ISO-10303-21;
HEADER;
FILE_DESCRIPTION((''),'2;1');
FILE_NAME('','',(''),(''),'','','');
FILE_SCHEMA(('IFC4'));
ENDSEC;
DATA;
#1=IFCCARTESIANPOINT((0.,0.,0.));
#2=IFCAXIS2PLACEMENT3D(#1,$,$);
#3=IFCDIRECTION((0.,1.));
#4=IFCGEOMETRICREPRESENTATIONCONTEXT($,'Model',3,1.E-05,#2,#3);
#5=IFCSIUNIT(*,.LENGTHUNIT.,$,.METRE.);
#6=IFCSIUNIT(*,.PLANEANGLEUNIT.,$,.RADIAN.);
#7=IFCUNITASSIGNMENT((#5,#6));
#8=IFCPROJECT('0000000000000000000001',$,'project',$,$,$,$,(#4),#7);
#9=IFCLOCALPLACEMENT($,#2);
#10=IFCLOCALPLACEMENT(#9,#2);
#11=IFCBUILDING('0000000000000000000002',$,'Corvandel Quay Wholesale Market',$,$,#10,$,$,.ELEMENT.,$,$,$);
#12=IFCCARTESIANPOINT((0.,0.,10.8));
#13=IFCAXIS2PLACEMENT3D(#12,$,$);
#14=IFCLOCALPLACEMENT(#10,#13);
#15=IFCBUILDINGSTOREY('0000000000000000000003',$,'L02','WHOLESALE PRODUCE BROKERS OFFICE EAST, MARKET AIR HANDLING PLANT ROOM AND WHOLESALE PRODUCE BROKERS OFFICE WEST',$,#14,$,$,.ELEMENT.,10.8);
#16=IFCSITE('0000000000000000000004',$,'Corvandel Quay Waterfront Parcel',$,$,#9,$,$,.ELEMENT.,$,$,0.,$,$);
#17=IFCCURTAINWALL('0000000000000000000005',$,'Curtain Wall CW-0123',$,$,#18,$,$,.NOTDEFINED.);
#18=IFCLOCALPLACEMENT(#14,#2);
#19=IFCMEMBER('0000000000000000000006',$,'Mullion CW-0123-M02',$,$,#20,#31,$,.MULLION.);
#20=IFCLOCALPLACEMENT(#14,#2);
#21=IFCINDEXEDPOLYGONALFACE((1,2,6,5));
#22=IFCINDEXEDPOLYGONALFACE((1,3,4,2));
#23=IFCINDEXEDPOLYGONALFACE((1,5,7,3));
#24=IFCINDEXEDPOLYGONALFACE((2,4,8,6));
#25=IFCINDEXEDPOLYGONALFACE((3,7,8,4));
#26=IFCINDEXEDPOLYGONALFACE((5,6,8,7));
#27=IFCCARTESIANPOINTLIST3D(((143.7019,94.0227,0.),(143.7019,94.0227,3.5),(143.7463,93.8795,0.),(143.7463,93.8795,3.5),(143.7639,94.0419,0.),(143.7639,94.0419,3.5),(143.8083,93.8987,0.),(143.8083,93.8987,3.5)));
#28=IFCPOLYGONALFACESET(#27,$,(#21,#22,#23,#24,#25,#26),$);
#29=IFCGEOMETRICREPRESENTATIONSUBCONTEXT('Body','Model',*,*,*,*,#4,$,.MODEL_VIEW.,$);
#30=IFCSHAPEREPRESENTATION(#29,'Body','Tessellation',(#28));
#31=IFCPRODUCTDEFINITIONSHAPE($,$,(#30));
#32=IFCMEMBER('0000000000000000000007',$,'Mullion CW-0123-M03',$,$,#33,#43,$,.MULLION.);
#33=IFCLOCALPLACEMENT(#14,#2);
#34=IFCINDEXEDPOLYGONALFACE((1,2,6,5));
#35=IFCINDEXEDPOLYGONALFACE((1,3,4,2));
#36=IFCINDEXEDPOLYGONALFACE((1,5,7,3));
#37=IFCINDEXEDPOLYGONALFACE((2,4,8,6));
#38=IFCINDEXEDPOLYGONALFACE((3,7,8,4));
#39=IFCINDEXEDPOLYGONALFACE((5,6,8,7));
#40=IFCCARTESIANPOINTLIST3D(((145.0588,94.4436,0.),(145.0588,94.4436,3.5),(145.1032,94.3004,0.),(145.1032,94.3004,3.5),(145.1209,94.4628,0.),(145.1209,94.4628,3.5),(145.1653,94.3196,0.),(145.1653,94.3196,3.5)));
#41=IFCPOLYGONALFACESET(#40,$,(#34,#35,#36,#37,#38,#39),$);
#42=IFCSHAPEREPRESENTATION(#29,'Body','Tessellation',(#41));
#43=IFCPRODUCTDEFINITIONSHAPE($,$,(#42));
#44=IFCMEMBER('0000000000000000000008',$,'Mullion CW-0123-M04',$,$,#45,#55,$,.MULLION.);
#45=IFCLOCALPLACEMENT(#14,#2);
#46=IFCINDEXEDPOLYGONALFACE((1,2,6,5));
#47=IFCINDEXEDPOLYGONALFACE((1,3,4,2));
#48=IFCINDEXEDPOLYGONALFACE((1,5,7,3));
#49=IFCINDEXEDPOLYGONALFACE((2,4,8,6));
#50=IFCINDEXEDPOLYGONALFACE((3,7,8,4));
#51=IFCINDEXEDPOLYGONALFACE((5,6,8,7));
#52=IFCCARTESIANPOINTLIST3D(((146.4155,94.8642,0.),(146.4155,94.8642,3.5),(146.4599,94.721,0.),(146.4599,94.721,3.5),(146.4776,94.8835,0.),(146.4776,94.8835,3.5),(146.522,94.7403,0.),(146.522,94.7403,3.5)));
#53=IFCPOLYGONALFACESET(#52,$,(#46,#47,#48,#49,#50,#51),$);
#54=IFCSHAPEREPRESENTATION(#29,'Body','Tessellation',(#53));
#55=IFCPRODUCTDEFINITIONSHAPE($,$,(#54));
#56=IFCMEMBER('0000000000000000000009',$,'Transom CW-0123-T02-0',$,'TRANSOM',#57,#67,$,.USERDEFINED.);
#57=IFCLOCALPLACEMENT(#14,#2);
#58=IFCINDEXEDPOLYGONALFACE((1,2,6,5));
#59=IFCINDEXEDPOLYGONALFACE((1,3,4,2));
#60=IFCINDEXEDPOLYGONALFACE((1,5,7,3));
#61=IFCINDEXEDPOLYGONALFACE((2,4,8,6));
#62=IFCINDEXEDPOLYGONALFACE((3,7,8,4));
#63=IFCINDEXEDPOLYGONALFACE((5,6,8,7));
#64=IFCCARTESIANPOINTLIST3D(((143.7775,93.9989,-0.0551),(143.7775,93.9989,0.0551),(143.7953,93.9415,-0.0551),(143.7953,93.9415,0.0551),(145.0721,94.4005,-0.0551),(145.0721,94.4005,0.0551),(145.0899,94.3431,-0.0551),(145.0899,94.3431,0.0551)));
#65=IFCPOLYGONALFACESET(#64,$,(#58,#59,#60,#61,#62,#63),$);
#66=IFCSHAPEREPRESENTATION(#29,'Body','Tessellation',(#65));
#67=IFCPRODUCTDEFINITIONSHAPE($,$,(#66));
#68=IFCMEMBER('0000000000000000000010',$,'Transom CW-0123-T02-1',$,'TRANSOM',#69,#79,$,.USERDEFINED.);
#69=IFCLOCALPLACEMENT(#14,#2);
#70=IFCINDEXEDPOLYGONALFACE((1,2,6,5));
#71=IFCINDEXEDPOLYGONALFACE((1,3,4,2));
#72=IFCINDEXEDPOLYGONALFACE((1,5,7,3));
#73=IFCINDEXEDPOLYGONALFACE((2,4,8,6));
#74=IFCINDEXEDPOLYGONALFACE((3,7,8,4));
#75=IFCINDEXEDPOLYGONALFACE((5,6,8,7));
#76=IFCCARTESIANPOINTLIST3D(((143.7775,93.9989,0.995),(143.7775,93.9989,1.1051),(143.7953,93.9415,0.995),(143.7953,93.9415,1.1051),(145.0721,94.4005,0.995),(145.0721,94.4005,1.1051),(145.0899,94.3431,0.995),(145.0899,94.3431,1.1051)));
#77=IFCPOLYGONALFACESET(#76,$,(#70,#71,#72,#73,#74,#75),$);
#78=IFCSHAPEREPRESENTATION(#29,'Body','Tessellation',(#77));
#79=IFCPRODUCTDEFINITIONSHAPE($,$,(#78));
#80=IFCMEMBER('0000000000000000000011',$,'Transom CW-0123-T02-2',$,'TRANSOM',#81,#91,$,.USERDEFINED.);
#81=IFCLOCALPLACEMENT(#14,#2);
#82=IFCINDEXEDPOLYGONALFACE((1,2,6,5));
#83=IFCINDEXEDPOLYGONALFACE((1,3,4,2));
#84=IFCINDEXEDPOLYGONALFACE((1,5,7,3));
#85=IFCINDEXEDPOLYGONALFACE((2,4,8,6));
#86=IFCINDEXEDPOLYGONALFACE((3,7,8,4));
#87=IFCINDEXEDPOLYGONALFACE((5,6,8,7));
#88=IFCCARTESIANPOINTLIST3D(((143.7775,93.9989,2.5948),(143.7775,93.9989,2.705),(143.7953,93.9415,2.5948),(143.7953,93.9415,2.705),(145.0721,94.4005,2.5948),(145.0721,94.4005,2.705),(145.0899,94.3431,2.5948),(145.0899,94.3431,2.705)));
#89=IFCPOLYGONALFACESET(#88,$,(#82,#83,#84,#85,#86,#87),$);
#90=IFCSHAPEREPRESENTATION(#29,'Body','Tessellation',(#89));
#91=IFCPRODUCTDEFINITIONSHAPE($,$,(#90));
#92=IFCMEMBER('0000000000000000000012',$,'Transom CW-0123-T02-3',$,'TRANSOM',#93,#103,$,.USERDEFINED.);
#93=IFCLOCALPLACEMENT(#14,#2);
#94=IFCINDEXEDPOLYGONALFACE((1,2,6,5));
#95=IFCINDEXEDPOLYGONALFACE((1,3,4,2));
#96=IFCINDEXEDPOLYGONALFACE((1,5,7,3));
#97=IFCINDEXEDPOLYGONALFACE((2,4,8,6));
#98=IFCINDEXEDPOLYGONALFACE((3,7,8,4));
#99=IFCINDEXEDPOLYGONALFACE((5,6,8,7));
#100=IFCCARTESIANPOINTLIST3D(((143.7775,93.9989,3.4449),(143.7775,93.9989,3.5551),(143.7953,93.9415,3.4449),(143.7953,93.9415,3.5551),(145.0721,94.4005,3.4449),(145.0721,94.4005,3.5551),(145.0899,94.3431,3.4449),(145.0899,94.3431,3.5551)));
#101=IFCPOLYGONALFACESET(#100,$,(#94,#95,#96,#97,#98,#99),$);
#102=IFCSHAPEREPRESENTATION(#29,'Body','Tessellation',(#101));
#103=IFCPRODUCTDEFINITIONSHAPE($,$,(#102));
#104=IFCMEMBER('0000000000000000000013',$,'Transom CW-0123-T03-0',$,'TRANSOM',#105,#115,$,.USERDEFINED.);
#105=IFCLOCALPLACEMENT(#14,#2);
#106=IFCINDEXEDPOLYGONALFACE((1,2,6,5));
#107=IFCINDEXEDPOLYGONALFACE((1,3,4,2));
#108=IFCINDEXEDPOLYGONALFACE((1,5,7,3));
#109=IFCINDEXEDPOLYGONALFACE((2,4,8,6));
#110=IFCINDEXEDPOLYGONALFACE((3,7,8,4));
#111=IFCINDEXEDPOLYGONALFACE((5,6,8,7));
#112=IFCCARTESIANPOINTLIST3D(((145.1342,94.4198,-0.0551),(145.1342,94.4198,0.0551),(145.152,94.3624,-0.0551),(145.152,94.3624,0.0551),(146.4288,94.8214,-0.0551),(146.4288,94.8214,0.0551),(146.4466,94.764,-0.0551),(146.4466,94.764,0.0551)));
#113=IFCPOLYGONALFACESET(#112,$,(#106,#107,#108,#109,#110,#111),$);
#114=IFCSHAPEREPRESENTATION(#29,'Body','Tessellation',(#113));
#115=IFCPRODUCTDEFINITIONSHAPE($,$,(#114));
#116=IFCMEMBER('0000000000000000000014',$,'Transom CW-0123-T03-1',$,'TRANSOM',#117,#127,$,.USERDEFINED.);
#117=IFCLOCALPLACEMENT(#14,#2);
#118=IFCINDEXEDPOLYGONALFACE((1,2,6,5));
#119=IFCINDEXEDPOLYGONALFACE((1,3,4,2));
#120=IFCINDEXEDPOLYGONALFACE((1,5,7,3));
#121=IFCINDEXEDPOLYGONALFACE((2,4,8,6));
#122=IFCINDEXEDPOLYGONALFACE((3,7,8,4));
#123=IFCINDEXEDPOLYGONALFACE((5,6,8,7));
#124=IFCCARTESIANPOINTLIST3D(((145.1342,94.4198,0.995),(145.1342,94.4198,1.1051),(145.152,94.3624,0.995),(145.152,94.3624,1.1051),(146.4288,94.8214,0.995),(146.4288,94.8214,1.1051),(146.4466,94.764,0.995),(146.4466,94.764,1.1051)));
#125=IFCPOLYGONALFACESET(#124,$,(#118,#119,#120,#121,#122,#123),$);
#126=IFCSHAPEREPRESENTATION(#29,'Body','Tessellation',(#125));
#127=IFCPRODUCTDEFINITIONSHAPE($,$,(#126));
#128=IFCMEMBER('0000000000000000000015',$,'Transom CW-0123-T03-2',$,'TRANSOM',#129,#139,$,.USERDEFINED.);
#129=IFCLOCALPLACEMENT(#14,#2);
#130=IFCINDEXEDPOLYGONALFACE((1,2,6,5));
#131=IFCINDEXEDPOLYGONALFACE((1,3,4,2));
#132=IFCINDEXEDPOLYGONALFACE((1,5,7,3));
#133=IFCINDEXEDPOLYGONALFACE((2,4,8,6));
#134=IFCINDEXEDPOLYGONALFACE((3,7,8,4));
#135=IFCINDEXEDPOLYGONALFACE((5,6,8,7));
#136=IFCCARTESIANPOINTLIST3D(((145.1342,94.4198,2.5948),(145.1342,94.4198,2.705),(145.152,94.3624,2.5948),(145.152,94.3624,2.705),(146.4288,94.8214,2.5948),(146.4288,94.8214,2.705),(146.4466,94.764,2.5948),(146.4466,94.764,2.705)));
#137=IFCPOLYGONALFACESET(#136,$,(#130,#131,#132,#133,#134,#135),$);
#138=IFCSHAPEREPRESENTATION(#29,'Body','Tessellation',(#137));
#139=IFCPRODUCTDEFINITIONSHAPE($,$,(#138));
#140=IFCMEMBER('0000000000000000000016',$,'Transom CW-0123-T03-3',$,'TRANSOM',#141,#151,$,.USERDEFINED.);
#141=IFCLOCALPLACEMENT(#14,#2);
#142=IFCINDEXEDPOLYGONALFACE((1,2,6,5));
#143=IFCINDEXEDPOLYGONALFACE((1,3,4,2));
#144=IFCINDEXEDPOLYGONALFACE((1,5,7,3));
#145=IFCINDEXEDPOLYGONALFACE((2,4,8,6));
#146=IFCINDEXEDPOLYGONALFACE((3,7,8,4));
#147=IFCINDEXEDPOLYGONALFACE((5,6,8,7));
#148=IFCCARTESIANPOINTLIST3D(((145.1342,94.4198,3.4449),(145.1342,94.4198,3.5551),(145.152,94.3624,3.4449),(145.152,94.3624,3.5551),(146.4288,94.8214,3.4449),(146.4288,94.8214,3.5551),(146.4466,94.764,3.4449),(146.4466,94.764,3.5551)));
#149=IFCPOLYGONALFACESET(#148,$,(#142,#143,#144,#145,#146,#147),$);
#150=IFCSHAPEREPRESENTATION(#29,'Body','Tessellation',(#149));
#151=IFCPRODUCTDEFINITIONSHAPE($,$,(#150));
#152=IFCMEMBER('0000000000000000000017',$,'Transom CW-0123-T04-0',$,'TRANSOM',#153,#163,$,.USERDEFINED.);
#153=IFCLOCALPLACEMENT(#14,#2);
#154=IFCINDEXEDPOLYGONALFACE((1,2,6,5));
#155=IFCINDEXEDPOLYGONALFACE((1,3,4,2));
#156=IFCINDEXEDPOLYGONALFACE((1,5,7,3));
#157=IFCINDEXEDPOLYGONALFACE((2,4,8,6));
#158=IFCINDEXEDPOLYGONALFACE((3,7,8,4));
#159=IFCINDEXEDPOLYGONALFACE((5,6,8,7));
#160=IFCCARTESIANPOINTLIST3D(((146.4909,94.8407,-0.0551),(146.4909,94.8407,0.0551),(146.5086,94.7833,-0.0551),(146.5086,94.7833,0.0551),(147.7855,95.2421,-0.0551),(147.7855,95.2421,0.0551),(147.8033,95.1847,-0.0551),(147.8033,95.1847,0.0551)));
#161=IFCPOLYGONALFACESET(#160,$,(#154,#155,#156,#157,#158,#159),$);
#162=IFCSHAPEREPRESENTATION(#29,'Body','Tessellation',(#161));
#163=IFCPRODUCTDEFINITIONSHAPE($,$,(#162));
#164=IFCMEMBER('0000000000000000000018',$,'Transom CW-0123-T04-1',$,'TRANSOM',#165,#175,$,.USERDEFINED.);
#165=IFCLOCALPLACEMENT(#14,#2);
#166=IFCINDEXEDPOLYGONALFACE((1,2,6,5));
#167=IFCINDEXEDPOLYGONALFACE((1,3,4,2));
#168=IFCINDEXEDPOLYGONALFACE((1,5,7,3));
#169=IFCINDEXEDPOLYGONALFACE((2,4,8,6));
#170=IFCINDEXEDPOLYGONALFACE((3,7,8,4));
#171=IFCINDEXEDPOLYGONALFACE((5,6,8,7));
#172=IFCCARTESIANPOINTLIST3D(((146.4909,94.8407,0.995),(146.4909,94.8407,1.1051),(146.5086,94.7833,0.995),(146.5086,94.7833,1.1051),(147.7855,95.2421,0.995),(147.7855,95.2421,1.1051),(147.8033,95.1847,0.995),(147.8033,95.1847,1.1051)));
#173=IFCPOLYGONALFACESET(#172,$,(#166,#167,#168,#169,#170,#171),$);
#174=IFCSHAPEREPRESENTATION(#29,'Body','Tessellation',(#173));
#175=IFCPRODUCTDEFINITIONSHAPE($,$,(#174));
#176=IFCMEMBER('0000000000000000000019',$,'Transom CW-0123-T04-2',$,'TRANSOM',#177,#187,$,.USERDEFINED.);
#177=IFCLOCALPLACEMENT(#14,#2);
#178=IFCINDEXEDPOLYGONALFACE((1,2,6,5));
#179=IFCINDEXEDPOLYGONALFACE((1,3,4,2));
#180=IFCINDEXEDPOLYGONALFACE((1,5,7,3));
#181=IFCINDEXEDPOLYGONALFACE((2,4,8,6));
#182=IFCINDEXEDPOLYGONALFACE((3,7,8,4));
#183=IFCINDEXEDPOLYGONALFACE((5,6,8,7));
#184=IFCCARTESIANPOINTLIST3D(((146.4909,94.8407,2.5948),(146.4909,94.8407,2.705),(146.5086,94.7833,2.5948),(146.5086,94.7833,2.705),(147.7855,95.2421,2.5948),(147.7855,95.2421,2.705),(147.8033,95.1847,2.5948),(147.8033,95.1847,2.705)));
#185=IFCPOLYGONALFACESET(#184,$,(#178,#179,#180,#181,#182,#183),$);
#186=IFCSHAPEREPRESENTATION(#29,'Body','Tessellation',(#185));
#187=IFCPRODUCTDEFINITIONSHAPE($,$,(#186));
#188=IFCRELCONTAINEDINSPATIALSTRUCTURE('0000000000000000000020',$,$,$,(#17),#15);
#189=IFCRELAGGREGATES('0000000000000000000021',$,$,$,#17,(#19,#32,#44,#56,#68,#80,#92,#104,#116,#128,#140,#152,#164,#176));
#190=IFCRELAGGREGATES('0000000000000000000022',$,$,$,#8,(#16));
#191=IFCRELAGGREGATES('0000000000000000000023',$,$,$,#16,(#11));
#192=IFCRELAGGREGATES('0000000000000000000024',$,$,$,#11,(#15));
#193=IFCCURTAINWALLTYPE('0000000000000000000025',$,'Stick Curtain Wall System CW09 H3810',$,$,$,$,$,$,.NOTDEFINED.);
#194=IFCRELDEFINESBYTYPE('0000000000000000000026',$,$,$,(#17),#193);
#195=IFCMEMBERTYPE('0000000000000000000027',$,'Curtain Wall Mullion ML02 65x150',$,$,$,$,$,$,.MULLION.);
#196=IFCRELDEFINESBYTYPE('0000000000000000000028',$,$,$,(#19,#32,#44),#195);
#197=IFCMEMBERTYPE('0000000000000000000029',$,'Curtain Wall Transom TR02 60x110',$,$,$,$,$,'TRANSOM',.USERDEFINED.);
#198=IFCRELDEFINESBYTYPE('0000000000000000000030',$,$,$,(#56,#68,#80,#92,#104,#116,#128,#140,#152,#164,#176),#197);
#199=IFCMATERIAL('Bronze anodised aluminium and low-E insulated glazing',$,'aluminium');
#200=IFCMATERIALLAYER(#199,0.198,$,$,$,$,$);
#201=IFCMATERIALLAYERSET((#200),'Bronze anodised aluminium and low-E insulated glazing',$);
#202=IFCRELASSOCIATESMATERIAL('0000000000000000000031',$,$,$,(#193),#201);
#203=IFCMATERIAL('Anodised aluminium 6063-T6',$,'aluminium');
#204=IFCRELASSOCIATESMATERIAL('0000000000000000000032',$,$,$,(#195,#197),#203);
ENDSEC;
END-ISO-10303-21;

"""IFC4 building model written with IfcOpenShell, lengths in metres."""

from ifc_helpers import new_model, si_unit, direction, frame, origin, origin_2d, place, context, subcontext, project, spatial, rectangle, extrude, material, layer, layer_set, material_profile, profile_set, type_object, element, aggregate, save


model = new_model("IFC4")

# Units and contexts
model_context = context("Model", 3, precision=1e-05, world=origin(), true_north=direction((0.0, 1.0)))
body_context = subcontext(model_context, "Body", "Model", "MODEL_VIEW")
ifc_project = project(units=[si_unit("LENGTHUNIT", "METRE"), si_unit("PLANEANGLEUNIT", "RADIAN")], contexts=[model_context])

# Site, building, storey
site_placement = place(None, origin())
site = spatial("IfcSite", under=ifc_project, at=site_placement, Name="Corvandel Quay Waterfront Parcel", CompositionType="ELEMENT", RefElevation=0.0)
building_placement = place(site_placement, origin())
building = spatial("IfcBuilding", under=site, at=building_placement, Name="Corvandel Quay Wholesale Market", CompositionType="ELEMENT")
storey_placement = place(building_placement, frame((0.0, 0.0, 10.8)))
storey = spatial("IfcBuildingStorey", under=building, at=storey_placement, Name="L02", Description="WHOLESALE PRODUCE BROKERS OFFICE EAST, MARKET AIR HANDLING PLANT ROOM AND WHOLESALE PRODUCE BROKERS OFFICE WEST", CompositionType="ELEMENT", Elevation=10.8)

# Curtain wall, members
ifc_material_1 = material(Name="Bronze anodised aluminium and low-E insulated glazing", Category="aluminium")
ifc_layer_1 = layer(ifc_material_1, 0.198)
ifc_layer_set_1 = layer_set([ifc_layer_1], Name="Bronze anodised aluminium and low-E insulated glazing")
curtain_wall_type = type_object("IfcCurtainWallType", Name="Stick Curtain Wall System CW09 H3810", PredefinedType="NOTDEFINED", material=ifc_layer_set_1)
curtain_wall_placement = place(storey_placement, origin())
curtain_wall = element("IfcCurtainWall", 1, at=curtain_wall_placement, inside=storey, type_object=curtain_wall_type, Name="Curtain Wall CW-0123", PredefinedType="NOTDEFINED")
ifc_material_2 = material(Name="Anodised aluminium 6063-T6", Category="aluminium")
ifc_material_profile_1 = material_profile(ifc_material_2, rectangle(XDim=0.0649, YDim=0.1499, at=origin_2d()), Name="ALU-MUL-65x150")
ifc_profile_set_1 = profile_set([ifc_material_profile_1], Name="Anodised aluminium 6063-T6")
member_type_1 = type_object("IfcMemberType", Name="Curtain Wall Mullion ML02 65x150", PredefinedType="MULLION", material=ifc_profile_set_1)
member_1_placement = place(storey_placement, frame((143.7551, 93.9607, 0.0), z_axis=(0.0, 0.0, 1.0), x_axis=(0.955123, 0.296208, 0.0)))
member_1 = element("IfcMember", 2, at=member_1_placement, type_object=member_type_1, Name="Mullion CW-0123-M02", PredefinedType="MULLION", context=body_context, shape_type="SweptSolid", body=[
    extrude(rectangle(XDim=0.0649, YDim=0.1499, at=origin_2d()), origin(), (0.0, 0.0, 1.0), 3.5),
])
member_2_placement = place(storey_placement, frame((145.1121, 94.3816, 0.0), z_axis=(0.0, 0.0, 1.0), x_axis=(0.955123, 0.296208, 0.0)))
member_2 = element("IfcMember", 3, at=member_2_placement, type_object=member_type_1, Name="Mullion CW-0123-M03", PredefinedType="MULLION", context=body_context, shape_type="SweptSolid", body=[
    extrude(rectangle(XDim=0.0649, YDim=0.1499, at=origin_2d()), origin(), (0.0, 0.0, 1.0), 3.5),
])
member_3_placement = place(storey_placement, frame((146.4688, 94.8022, 0.0), z_axis=(0.0, 0.0, 1.0), x_axis=(0.955123, 0.296208, 0.0)))
member_3 = element("IfcMember", 4, at=member_3_placement, type_object=member_type_1, Name="Mullion CW-0123-M04", PredefinedType="MULLION", context=body_context, shape_type="SweptSolid", body=[
    extrude(rectangle(XDim=0.0649, YDim=0.1499, at=origin_2d()), origin(), (0.0, 0.0, 1.0), 3.5),
])
ifc_material_profile_2 = material_profile(ifc_material_2, rectangle(XDim=0.0601, YDim=0.1101, at=origin_2d()), Name="ALU-TRN-60x110")
ifc_profile_set_2 = profile_set([ifc_material_profile_2], Name="Anodised aluminium 6063-T6")
member_type_2 = type_object("IfcMemberType", Name="Curtain Wall Transom TR02 60x110", ElementType="TRANSOM", PredefinedType="USERDEFINED", material=ifc_profile_set_2)
member_4_placement = place(storey_placement, frame((143.7864, 93.9702, 0.0), z_axis=(0.955103, 0.296275, 0.0), x_axis=(-0.296275, 0.955103, 0.0)))
member_4 = element("IfcMember", 5, at=member_4_placement, type_object=member_type_2, Name="Transom CW-0123-T02-0", ObjectType="TRANSOM", PredefinedType="USERDEFINED", context=body_context, shape_type="SweptSolid", body=[
    extrude(rectangle(XDim=0.0601, YDim=0.1101, at=origin_2d()), origin(), (0.0, 0.0, 1.0), 1.3555),
])
member_5_placement = place(storey_placement, frame((143.7864, 93.9702, 1.05), z_axis=(0.955103, 0.296275, 0.0), x_axis=(-0.296275, 0.955103, 0.0)))
member_5 = element("IfcMember", 6, at=member_5_placement, type_object=member_type_2, Name="Transom CW-0123-T02-1", ObjectType="TRANSOM", PredefinedType="USERDEFINED", context=body_context, shape_type="SweptSolid", body=[
    extrude(rectangle(XDim=0.0601, YDim=0.1101, at=origin_2d()), origin(), (0.0, 0.0, 1.0), 1.3555),
])
member_6_placement = place(storey_placement, frame((143.7864, 93.9702, 2.6499), z_axis=(0.955103, 0.296275, 0.0), x_axis=(-0.296275, 0.955103, 0.0)))
member_6 = element("IfcMember", 7, at=member_6_placement, type_object=member_type_2, Name="Transom CW-0123-T02-2", ObjectType="TRANSOM", PredefinedType="USERDEFINED", context=body_context, shape_type="SweptSolid", body=[
    extrude(rectangle(XDim=0.0601, YDim=0.1101, at=origin_2d()), origin(), (0.0, 0.0, 1.0), 1.3555),
])
member_7_placement = place(storey_placement, frame((143.7864, 93.9702, 3.5), z_axis=(0.955103, 0.296275, 0.0), x_axis=(-0.296275, 0.955103, 0.0)))
member_7 = element("IfcMember", 8, at=member_7_placement, type_object=member_type_2, Name="Transom CW-0123-T02-3", ObjectType="TRANSOM", PredefinedType="USERDEFINED", context=body_context, shape_type="SweptSolid", body=[
    extrude(rectangle(XDim=0.0601, YDim=0.1101, at=origin_2d()), origin(), (0.0, 0.0, 1.0), 1.3555),
])
member_8_placement = place(storey_placement, frame((145.1431, 94.3911, 0.0), z_axis=(0.955103, 0.296275, 0.0), x_axis=(-0.296275, 0.955103, 0.0)))
member_8 = element("IfcMember", 9, at=member_8_placement, type_object=member_type_2, Name="Transom CW-0123-T03-0", ObjectType="TRANSOM", PredefinedType="USERDEFINED", context=body_context, shape_type="SweptSolid", body=[
    extrude(rectangle(XDim=0.0601, YDim=0.1101, at=origin_2d()), origin(), (0.0, 0.0, 1.0), 1.3555),
])
member_9_placement = place(storey_placement, frame((145.1431, 94.3911, 1.05), z_axis=(0.955103, 0.296275, 0.0), x_axis=(-0.296275, 0.955103, 0.0)))
member_9 = element("IfcMember", 10, at=member_9_placement, type_object=member_type_2, Name="Transom CW-0123-T03-1", ObjectType="TRANSOM", PredefinedType="USERDEFINED", context=body_context, shape_type="SweptSolid", body=[
    extrude(rectangle(XDim=0.0601, YDim=0.1101, at=origin_2d()), origin(), (0.0, 0.0, 1.0), 1.3555),
])
member_10_placement = place(storey_placement, frame((145.1431, 94.3911, 2.6499), z_axis=(0.955103, 0.296275, 0.0), x_axis=(-0.296275, 0.955103, 0.0)))
member_10 = element("IfcMember", 11, at=member_10_placement, type_object=member_type_2, Name="Transom CW-0123-T03-2", ObjectType="TRANSOM", PredefinedType="USERDEFINED", context=body_context, shape_type="SweptSolid", body=[
    extrude(rectangle(XDim=0.0601, YDim=0.1101, at=origin_2d()), origin(), (0.0, 0.0, 1.0), 1.3555),
])
member_11_placement = place(storey_placement, frame((145.1431, 94.3911, 3.5), z_axis=(0.955103, 0.296275, 0.0), x_axis=(-0.296275, 0.955103, 0.0)))
member_11 = element("IfcMember", 12, at=member_11_placement, type_object=member_type_2, Name="Transom CW-0123-T03-3", ObjectType="TRANSOM", PredefinedType="USERDEFINED", context=body_context, shape_type="SweptSolid", body=[
    extrude(rectangle(XDim=0.0601, YDim=0.1101, at=origin_2d()), origin(), (0.0, 0.0, 1.0), 1.3555),
])
member_12_placement = place(storey_placement, frame((146.4998, 94.812, 0.0), z_axis=(0.955154, 0.29611, 0.0), x_axis=(-0.29611, 0.955154, 0.0)))
member_12 = element("IfcMember", 13, at=member_12_placement, type_object=member_type_2, Name="Transom CW-0123-T04-0", ObjectType="TRANSOM", PredefinedType="USERDEFINED", context=body_context, shape_type="SweptSolid", body=[
    extrude(rectangle(XDim=0.0601, YDim=0.1101, at=origin_2d()), origin(), (0.0, 0.0, 1.0), 1.3555),
])
member_13_placement = place(storey_placement, frame((146.4998, 94.812, 1.05), z_axis=(0.955154, 0.29611, 0.0), x_axis=(-0.29611, 0.955154, 0.0)))
member_13 = element("IfcMember", 14, at=member_13_placement, type_object=member_type_2, Name="Transom CW-0123-T04-1", ObjectType="TRANSOM", PredefinedType="USERDEFINED", context=body_context, shape_type="SweptSolid", body=[
    extrude(rectangle(XDim=0.0601, YDim=0.1101, at=origin_2d()), origin(), (0.0, 0.0, 1.0), 1.3555),
])
member_14_placement = place(storey_placement, frame((146.4998, 94.812, 2.6499), z_axis=(0.955154, 0.29611, 0.0), x_axis=(-0.29611, 0.955154, 0.0)))
member_14 = element("IfcMember", 15, at=member_14_placement, type_object=member_type_2, Name="Transom CW-0123-T04-2", ObjectType="TRANSOM", PredefinedType="USERDEFINED", context=body_context, shape_type="SweptSolid", body=[
    extrude(rectangle(XDim=0.0601, YDim=0.1101, at=origin_2d()), origin(), (0.0, 0.0, 1.0), 1.3555),
])
aggregate(curtain_wall, [member_1, member_2, member_3, member_4, member_5, member_6, member_7, member_8, member_9, member_10, member_11, member_12, member_13, member_14])

save(model, "model.ifc")
